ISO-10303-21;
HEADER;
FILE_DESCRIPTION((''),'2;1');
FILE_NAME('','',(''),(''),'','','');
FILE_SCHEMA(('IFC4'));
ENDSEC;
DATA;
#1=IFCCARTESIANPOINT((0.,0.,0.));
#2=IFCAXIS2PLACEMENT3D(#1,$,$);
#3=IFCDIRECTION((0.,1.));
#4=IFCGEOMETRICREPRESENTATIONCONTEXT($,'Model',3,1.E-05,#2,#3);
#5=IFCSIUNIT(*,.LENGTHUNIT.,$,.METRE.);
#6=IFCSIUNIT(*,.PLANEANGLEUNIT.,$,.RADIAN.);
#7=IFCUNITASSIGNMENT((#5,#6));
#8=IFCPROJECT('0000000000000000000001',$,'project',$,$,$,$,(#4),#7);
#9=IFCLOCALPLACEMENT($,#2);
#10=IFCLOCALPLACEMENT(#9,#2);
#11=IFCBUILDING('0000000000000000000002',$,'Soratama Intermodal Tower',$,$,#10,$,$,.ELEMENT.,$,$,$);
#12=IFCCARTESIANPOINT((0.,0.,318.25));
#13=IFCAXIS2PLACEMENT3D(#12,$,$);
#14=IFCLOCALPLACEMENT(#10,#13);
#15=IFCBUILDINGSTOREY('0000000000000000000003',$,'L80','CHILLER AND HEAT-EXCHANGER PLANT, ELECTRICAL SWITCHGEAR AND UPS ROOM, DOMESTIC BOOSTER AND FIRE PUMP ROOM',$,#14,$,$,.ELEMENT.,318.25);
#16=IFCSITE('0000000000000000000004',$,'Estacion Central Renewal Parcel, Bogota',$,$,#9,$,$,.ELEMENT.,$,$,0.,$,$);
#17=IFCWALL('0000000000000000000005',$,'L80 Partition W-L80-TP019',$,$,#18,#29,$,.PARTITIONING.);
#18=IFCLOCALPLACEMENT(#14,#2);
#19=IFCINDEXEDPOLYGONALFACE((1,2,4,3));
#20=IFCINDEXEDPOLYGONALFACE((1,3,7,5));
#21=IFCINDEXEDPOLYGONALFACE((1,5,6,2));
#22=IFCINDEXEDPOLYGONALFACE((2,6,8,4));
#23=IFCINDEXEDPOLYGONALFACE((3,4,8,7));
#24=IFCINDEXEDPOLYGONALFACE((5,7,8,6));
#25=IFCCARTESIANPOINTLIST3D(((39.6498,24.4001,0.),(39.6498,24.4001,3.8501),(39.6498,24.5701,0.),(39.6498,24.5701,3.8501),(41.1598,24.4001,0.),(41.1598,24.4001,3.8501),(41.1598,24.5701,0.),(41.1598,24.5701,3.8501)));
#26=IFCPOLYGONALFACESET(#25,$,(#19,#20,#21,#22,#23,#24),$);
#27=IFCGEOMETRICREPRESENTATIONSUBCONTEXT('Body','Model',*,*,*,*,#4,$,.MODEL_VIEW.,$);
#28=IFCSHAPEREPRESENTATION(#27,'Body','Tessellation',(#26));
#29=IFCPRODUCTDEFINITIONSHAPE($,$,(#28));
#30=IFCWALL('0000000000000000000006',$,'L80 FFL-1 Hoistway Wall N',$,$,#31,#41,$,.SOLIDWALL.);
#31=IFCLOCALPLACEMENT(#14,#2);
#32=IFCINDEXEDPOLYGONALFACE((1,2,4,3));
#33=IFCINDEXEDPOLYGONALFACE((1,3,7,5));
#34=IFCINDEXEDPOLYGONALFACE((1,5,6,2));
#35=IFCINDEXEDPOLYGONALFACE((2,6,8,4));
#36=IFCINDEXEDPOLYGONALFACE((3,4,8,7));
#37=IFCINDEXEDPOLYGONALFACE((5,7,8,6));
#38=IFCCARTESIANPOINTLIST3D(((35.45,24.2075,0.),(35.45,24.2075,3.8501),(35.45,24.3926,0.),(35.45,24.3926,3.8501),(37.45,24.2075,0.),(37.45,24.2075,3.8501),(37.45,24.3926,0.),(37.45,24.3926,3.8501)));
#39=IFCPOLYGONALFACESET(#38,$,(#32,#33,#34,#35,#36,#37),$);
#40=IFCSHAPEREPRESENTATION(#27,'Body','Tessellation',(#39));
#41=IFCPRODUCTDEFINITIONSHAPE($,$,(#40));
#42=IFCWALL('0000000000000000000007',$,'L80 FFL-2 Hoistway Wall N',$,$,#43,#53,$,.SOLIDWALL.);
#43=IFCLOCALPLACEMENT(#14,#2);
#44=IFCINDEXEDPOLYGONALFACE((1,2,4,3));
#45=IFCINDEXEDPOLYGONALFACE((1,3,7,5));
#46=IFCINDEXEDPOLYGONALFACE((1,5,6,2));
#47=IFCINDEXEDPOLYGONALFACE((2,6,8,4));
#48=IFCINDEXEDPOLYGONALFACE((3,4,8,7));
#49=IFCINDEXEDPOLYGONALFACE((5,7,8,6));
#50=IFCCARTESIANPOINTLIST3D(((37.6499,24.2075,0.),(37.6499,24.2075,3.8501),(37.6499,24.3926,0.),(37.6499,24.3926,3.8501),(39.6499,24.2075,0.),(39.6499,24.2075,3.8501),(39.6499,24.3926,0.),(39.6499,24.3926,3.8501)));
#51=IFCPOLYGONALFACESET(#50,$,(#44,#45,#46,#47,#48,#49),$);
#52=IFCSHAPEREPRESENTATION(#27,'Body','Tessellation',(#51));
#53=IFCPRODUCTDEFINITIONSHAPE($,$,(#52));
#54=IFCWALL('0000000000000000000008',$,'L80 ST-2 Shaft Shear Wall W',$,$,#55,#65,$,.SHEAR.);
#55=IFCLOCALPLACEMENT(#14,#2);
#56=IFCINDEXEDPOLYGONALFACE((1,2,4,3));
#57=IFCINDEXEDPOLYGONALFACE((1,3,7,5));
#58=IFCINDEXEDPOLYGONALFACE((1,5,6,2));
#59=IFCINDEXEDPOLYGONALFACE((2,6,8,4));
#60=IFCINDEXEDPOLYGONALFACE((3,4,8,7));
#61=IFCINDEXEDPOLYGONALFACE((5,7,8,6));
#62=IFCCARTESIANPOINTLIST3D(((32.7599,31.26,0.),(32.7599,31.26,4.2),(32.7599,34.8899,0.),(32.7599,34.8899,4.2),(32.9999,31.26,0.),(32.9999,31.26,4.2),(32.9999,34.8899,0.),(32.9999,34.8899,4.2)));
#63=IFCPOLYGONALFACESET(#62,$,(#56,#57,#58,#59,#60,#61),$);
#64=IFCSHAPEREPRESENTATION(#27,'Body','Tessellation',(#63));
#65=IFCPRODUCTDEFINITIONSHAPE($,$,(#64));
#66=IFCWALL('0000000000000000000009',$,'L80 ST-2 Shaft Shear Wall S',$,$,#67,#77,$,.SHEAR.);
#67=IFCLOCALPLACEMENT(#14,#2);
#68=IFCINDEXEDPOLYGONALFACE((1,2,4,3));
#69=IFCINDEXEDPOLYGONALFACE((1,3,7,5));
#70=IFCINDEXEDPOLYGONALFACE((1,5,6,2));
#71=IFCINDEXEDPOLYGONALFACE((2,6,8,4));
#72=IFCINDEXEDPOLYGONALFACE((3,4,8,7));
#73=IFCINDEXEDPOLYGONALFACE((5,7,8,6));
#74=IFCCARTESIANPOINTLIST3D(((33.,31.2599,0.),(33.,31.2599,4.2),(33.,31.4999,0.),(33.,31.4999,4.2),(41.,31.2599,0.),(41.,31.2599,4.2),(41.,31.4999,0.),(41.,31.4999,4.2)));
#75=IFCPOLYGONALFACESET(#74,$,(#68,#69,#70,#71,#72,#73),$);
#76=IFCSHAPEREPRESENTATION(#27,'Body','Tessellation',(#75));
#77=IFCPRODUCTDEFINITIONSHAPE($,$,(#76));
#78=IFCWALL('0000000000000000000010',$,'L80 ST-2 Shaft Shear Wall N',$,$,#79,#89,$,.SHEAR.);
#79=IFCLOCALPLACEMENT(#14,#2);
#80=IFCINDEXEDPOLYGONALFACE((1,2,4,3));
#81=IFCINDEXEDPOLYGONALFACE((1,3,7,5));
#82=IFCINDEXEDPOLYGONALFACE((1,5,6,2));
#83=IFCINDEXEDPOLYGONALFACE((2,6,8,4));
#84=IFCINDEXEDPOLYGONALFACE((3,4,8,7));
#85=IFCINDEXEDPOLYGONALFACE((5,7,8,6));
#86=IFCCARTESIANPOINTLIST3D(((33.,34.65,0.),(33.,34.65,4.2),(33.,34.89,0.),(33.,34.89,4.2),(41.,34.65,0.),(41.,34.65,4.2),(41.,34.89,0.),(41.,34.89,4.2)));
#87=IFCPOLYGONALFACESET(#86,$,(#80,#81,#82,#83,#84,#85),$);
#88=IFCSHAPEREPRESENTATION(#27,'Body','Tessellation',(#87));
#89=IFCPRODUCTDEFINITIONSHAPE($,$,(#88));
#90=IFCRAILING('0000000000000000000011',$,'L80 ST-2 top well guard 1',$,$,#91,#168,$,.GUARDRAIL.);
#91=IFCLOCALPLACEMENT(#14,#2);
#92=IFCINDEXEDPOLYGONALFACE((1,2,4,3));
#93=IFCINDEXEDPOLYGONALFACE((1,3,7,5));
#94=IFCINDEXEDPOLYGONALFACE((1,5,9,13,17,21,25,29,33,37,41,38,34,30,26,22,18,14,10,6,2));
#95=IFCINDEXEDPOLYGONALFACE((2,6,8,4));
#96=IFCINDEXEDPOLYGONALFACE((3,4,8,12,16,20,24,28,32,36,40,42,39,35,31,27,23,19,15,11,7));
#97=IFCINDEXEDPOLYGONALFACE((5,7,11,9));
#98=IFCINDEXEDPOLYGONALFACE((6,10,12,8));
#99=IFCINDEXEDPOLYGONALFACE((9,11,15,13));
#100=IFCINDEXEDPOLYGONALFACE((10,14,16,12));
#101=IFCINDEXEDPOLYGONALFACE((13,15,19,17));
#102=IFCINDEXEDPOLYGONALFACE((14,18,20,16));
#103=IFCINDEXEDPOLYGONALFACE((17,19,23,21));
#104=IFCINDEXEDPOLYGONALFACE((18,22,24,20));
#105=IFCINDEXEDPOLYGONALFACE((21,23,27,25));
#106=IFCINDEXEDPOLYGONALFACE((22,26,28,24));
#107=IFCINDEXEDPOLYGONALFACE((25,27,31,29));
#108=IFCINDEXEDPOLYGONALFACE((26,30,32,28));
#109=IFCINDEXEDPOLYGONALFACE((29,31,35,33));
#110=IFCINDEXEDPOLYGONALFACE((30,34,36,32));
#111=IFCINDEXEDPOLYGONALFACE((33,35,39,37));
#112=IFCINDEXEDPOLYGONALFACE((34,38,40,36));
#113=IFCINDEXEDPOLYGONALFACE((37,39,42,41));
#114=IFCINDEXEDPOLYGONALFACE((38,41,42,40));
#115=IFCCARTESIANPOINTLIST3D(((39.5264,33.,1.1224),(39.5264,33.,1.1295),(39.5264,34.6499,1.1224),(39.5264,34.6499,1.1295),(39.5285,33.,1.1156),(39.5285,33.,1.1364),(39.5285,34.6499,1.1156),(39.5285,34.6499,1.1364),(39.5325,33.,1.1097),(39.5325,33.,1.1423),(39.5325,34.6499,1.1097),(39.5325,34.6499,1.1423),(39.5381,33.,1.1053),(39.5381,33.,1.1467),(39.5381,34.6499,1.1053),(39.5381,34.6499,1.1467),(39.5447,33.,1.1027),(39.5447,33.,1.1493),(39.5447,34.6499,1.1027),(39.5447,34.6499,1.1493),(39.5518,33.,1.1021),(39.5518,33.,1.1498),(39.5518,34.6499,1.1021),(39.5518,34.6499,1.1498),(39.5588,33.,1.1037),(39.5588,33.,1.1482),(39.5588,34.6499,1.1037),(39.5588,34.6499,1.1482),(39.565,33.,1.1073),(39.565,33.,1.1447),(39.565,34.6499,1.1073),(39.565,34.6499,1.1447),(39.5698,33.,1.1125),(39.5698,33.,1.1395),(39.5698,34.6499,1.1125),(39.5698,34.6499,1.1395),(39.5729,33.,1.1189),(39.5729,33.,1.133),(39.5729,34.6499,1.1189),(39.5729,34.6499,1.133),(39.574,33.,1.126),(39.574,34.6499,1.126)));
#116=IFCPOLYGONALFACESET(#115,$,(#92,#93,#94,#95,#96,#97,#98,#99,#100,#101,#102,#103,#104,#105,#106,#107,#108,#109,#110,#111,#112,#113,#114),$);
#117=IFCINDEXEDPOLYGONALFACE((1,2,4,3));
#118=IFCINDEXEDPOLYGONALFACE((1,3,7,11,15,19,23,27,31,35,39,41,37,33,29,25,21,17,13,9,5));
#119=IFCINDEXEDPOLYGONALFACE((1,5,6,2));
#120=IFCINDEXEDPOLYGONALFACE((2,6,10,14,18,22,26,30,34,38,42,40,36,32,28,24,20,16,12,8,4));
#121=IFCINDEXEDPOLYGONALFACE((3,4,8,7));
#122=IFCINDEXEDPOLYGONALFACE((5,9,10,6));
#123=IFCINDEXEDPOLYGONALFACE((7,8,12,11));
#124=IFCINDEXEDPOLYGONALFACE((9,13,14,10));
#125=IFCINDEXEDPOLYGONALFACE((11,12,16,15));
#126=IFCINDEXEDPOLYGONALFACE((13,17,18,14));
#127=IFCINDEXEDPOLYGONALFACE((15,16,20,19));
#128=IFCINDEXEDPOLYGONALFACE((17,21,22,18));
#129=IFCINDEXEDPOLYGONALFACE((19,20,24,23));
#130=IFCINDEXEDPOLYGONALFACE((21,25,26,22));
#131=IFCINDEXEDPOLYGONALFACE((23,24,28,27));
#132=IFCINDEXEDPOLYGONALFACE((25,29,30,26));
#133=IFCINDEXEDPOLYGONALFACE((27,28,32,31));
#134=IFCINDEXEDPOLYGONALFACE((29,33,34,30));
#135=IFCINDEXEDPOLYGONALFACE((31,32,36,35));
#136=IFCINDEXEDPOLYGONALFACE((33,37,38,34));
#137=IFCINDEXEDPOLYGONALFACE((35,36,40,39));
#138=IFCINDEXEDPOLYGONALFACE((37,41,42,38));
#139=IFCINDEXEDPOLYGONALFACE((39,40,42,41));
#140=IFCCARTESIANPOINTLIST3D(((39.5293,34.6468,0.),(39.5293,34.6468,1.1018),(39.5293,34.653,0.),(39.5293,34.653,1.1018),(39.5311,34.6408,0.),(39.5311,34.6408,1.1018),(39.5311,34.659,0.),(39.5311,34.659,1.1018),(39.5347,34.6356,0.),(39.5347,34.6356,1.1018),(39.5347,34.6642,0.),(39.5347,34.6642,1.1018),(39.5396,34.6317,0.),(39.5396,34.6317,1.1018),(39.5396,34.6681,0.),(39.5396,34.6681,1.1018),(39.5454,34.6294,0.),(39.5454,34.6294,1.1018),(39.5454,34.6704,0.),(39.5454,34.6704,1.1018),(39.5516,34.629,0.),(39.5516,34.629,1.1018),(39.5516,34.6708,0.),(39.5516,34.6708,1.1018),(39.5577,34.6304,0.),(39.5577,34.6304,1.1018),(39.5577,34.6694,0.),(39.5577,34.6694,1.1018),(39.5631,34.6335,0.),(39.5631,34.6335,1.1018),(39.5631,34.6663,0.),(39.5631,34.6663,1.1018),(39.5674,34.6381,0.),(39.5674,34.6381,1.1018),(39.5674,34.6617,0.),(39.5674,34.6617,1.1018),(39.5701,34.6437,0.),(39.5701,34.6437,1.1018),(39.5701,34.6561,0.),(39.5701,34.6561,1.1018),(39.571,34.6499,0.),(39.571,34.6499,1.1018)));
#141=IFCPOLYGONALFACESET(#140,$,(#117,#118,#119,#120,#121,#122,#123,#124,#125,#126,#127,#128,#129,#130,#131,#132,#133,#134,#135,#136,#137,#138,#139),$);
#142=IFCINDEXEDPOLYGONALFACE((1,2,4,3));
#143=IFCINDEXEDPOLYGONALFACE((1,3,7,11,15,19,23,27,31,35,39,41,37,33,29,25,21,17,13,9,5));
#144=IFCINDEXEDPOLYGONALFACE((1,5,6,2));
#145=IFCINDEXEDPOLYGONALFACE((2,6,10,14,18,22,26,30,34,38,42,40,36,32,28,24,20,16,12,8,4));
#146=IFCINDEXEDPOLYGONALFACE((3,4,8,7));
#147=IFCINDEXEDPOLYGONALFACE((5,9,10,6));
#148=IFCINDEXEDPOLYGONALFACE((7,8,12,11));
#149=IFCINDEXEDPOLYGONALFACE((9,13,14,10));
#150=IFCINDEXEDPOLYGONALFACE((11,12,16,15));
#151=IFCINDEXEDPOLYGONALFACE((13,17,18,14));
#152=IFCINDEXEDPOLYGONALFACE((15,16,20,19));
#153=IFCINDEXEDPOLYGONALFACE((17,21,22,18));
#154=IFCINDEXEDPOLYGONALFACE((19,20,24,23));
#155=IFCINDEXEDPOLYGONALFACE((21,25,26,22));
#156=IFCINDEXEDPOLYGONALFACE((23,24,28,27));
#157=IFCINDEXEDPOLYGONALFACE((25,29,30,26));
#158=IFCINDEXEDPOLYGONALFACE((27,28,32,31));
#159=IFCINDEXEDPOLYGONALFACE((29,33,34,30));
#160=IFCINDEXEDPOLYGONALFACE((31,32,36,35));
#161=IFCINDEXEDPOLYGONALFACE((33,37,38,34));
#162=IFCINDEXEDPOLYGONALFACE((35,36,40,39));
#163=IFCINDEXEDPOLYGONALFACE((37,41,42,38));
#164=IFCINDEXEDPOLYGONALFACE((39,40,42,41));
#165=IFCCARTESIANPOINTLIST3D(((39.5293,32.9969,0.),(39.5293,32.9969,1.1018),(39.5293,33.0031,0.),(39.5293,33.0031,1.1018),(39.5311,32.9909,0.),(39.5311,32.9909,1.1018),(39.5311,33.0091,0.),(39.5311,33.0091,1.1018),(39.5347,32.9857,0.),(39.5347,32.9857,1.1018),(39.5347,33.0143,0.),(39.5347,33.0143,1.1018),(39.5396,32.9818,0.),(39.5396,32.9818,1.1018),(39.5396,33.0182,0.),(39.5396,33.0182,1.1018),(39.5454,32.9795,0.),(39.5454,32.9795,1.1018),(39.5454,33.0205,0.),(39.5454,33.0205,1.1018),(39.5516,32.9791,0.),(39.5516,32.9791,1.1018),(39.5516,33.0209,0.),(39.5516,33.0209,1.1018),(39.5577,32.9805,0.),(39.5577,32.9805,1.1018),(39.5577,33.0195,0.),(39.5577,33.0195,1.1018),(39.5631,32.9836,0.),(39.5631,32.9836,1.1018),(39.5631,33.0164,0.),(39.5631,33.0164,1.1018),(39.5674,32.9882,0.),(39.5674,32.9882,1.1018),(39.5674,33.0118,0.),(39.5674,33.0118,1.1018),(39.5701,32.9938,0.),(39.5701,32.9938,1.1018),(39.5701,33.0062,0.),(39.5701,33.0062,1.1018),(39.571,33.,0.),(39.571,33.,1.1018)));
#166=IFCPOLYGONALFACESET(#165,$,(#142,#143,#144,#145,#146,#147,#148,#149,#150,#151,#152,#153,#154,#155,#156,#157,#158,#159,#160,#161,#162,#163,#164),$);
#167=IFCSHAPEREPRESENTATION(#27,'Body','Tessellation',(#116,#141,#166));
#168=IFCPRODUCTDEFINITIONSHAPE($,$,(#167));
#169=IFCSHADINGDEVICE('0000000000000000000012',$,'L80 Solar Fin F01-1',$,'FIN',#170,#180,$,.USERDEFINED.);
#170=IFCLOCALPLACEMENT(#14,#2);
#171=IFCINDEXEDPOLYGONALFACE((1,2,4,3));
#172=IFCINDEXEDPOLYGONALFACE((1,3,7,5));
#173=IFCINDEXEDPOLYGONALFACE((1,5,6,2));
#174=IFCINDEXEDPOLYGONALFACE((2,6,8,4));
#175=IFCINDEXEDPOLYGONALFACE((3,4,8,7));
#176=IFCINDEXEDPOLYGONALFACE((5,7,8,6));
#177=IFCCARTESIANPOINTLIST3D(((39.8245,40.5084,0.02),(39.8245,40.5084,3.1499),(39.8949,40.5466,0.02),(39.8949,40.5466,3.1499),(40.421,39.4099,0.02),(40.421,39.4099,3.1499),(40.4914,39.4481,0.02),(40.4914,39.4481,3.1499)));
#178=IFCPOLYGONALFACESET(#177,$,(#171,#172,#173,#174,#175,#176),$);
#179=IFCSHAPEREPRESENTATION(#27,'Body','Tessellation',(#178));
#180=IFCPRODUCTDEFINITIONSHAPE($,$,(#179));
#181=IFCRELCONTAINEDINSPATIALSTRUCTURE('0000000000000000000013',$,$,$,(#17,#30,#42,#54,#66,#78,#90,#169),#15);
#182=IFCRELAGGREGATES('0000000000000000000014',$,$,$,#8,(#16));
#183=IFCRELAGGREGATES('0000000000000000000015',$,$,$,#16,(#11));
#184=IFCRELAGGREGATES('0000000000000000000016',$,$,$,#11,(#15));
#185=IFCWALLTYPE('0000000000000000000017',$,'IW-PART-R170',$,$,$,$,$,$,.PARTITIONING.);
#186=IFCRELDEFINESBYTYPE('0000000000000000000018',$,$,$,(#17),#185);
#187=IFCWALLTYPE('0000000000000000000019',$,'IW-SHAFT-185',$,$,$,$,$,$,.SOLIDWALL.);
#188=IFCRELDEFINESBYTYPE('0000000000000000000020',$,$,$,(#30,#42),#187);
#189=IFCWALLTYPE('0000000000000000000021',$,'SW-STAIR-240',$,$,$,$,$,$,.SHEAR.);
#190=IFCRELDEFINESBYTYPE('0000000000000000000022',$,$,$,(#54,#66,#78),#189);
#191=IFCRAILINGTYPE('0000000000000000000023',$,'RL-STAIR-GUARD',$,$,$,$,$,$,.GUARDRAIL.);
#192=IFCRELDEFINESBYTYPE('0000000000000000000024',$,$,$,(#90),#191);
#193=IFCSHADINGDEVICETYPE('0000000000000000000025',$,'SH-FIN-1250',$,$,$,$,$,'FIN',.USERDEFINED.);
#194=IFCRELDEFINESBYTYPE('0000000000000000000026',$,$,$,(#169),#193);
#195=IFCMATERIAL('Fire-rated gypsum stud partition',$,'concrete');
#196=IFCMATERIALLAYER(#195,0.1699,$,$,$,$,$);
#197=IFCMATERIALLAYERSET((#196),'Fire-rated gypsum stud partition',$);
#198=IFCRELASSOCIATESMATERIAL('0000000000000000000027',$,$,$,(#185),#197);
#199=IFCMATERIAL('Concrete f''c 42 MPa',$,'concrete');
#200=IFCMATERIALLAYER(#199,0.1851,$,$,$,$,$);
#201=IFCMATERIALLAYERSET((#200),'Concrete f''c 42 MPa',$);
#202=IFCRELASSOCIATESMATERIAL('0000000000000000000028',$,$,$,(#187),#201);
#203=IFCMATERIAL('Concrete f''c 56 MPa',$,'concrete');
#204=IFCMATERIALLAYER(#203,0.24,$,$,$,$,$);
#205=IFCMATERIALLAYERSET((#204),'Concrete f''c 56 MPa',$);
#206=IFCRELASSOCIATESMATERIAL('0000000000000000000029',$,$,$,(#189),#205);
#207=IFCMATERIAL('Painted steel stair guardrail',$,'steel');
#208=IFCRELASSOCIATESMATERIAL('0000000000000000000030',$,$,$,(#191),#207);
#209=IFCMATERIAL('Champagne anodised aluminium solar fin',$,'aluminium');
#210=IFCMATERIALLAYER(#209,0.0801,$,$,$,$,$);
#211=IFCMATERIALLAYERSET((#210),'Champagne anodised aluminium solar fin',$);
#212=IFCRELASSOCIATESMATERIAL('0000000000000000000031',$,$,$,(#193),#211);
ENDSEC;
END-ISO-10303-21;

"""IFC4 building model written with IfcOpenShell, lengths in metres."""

from ifc_helpers import new_model, si_unit, direction, frame, frame_2d, origin, origin_2d, place, context, subcontext, project, spatial, rectangle, circle, extrude, material, layer, layer_set, type_object, element, save


model = new_model("IFC4")

# Units and contexts
model_context = context("Model", 3, precision=1e-05, world=origin(), true_north=direction((0.0, 1.0)))
body_context = subcontext(model_context, "Body", "Model", "MODEL_VIEW")
ifc_project = project(units=[si_unit("LENGTHUNIT", "METRE"), si_unit("PLANEANGLEUNIT", "RADIAN")], contexts=[model_context])

# Site, building, storey
site_placement = place(None, origin())
site = spatial("IfcSite", under=ifc_project, at=site_placement, Name="Estacion Central Renewal Parcel, Bogota", CompositionType="ELEMENT", RefElevation=0.0)
building_placement = place(site_placement, origin())
building = spatial("IfcBuilding", under=site, at=building_placement, Name="Soratama Intermodal Tower", CompositionType="ELEMENT")
storey_placement = place(building_placement, frame((0.0, 0.0, 318.25)))
storey = spatial("IfcBuildingStorey", under=building, at=storey_placement, Name="L80", Description="CHILLER AND HEAT-EXCHANGER PLANT, ELECTRICAL SWITCHGEAR AND UPS ROOM, DOMESTIC BOOSTER AND FIRE PUMP ROOM", CompositionType="ELEMENT", Elevation=318.25)

# Shared definitions
ifc_material_1 = material(Name="Fire-rated gypsum stud partition", Category="concrete")
ifc_layer_1 = layer(ifc_material_1, 0.1699)
ifc_layer_set_1 = layer_set([ifc_layer_1], Name="Fire-rated gypsum stud partition")
wall_type_1 = type_object("IfcWallType", Name="IW-PART-R170", PredefinedType="PARTITIONING", material=ifc_layer_set_1)

# Walls
wall_1_placement = place(storey_placement, frame((39.6499, 24.4851, 0.0), z_axis=(0.0, 0.0, 1.0), x_axis=(1.0, 0.0, 0.0)))
element("IfcWall", 1, at=wall_1_placement, inside=storey, type_object=wall_type_1, Name="L80 Partition W-L80-TP019", PredefinedType="PARTITIONING", context=body_context, shape_type="SweptSolid", body=[
    extrude(rectangle(XDim=1.51, YDim=0.1699, at=frame_2d((0.7549, 0.0))), origin(), (0.0, 0.0, 1.0), 3.8501),
])
ifc_material_2 = material(Name="Concrete f'c 42 MPa", Category="concrete")
ifc_layer_2 = layer(ifc_material_2, 0.1851)
ifc_layer_set_2 = layer_set([ifc_layer_2], Name="Concrete f'c 42 MPa")
wall_type_2 = type_object("IfcWallType", Name="IW-SHAFT-185", PredefinedType="SOLIDWALL", material=ifc_layer_set_2)
for number, where, z_axis, x_axis, name in (
    (2, (35.45, 24.3, 0.0), (0.0, 0.0, 1.0), (1.0, 0.0, 0.0), "L80 FFL-1 Hoistway Wall N"),
    (3, (37.6499, 24.3, 0.0), (0.0, 0.0, 1.0), (1.0, 0.0, 0.0), "L80 FFL-2 Hoistway Wall N"),
):
    element("IfcWall", number, at=place(storey_placement, frame(where, z_axis=z_axis, x_axis=x_axis)), inside=storey, type_object=wall_type_2, Name=name, PredefinedType="SOLIDWALL", context=body_context, shape_type="SweptSolid", body=[
        extrude(rectangle(XDim=2.0, YDim=0.1851, at=frame_2d((1.0, 0.0))), origin(), (0.0, 0.0, 1.0), 3.8501),
    ])
ifc_material_3 = material(Name="Concrete f'c 56 MPa", Category="concrete")
ifc_layer_3 = layer(ifc_material_3, 0.24)
ifc_layer_set_3 = layer_set([ifc_layer_3], Name="Concrete f'c 56 MPa")
wall_type_3 = type_object("IfcWallType", Name="SW-STAIR-240", PredefinedType="SHEAR", material=ifc_layer_set_3)
wall_2_placement = place(storey_placement, frame((32.8799, 31.26, 0.0), z_axis=(0.0, 0.0, 1.0), x_axis=(0.0, 1.0, 0.0)))
element("IfcWall", 4, at=wall_2_placement, inside=storey, type_object=wall_type_3, Name="L80 ST-2 Shaft Shear Wall W", PredefinedType="SHEAR", context=body_context, shape_type="SweptSolid", body=[
    extrude(rectangle(XDim=3.6299, YDim=0.24, at=frame_2d((1.8149, 0.0))), origin(), (0.0, 0.0, 1.0), 4.2),
])
for number, where, z_axis, x_axis, name in (
    (5, (33.0, 31.3799, 0.0), (0.0, 0.0, 1.0), (1.0, 0.0, 0.0), "L80 ST-2 Shaft Shear Wall S"),
    (6, (33.0, 34.77, 0.0), (0.0, 0.0, 1.0), (1.0, 0.0, 0.0), "L80 ST-2 Shaft Shear Wall N"),
):
    element("IfcWall", number, at=place(storey_placement, frame(where, z_axis=z_axis, x_axis=x_axis)), inside=storey, type_object=wall_type_3, Name=name, PredefinedType="SHEAR", context=body_context, shape_type="SweptSolid", body=[
        extrude(rectangle(XDim=8.0, YDim=0.24, at=frame_2d((4.0, 0.0))), origin(), (0.0, 0.0, 1.0), 4.2),
    ])

# Railing
ifc_material_4 = material(Name="Painted steel stair guardrail", Category="steel")
railing_type = type_object("IfcRailingType", Name="RL-STAIR-GUARD", PredefinedType="GUARDRAIL", material=ifc_material_4)
railing_placement = place(storey_placement, frame((39.55, 34.6499, 0.0)))
element("IfcRailing", 7, at=railing_placement, inside=storey, type_object=railing_type, Name="L80 ST-2 top well guard 1", PredefinedType="GUARDRAIL", context=body_context, shape_type="SweptSolid", body=[
    extrude(circle(Radius=0.0239, at=origin_2d()), frame((0.0, 0.0, 1.126), z_axis=(0.0, -1.0, 0.0), x_axis=(1.0, 0.0, 0.0)), (0.0, 0.0, 1.0), 1.6499),
    extrude(circle(Radius=0.021, at=origin_2d()), origin(), (0.0, 0.0, 1.0), 1.1018),
    extrude(circle(Radius=0.021, at=origin_2d()), frame((0.0, -1.6499, 0.0)), (0.0, 0.0, 1.0), 1.1018),
])

# Shading device
ifc_material_5 = material(Name="Champagne anodised aluminium solar fin", Category="aluminium")
ifc_layer_4 = layer(ifc_material_5, 0.0801)
ifc_layer_set_4 = layer_set([ifc_layer_4], Name="Champagne anodised aluminium solar fin")
shading_device_type = type_object("IfcShadingDeviceType", Name="SH-FIN-1250", ElementType="FIN", PredefinedType="USERDEFINED", material=ifc_layer_set_4)
shading_device_placement = place(storey_placement, frame((40.158, 39.9783, 0.02), z_axis=(0.0, 0.0, 1.0), x_axis=(-0.477159, 0.878817, 0.0)))
element("IfcShadingDevice", 8, at=shading_device_placement, inside=storey, type_object=shading_device_type, Name="L80 Solar Fin F01-1", ObjectType="FIN", PredefinedType="USERDEFINED", context=body_context, shape_type="SweptSolid", body=[
    extrude(rectangle(XDim=1.25, YDim=0.0801, at=origin_2d()), origin(), (0.0, 0.0, 1.0), 3.1299),
])

save(model, "model.ifc")
